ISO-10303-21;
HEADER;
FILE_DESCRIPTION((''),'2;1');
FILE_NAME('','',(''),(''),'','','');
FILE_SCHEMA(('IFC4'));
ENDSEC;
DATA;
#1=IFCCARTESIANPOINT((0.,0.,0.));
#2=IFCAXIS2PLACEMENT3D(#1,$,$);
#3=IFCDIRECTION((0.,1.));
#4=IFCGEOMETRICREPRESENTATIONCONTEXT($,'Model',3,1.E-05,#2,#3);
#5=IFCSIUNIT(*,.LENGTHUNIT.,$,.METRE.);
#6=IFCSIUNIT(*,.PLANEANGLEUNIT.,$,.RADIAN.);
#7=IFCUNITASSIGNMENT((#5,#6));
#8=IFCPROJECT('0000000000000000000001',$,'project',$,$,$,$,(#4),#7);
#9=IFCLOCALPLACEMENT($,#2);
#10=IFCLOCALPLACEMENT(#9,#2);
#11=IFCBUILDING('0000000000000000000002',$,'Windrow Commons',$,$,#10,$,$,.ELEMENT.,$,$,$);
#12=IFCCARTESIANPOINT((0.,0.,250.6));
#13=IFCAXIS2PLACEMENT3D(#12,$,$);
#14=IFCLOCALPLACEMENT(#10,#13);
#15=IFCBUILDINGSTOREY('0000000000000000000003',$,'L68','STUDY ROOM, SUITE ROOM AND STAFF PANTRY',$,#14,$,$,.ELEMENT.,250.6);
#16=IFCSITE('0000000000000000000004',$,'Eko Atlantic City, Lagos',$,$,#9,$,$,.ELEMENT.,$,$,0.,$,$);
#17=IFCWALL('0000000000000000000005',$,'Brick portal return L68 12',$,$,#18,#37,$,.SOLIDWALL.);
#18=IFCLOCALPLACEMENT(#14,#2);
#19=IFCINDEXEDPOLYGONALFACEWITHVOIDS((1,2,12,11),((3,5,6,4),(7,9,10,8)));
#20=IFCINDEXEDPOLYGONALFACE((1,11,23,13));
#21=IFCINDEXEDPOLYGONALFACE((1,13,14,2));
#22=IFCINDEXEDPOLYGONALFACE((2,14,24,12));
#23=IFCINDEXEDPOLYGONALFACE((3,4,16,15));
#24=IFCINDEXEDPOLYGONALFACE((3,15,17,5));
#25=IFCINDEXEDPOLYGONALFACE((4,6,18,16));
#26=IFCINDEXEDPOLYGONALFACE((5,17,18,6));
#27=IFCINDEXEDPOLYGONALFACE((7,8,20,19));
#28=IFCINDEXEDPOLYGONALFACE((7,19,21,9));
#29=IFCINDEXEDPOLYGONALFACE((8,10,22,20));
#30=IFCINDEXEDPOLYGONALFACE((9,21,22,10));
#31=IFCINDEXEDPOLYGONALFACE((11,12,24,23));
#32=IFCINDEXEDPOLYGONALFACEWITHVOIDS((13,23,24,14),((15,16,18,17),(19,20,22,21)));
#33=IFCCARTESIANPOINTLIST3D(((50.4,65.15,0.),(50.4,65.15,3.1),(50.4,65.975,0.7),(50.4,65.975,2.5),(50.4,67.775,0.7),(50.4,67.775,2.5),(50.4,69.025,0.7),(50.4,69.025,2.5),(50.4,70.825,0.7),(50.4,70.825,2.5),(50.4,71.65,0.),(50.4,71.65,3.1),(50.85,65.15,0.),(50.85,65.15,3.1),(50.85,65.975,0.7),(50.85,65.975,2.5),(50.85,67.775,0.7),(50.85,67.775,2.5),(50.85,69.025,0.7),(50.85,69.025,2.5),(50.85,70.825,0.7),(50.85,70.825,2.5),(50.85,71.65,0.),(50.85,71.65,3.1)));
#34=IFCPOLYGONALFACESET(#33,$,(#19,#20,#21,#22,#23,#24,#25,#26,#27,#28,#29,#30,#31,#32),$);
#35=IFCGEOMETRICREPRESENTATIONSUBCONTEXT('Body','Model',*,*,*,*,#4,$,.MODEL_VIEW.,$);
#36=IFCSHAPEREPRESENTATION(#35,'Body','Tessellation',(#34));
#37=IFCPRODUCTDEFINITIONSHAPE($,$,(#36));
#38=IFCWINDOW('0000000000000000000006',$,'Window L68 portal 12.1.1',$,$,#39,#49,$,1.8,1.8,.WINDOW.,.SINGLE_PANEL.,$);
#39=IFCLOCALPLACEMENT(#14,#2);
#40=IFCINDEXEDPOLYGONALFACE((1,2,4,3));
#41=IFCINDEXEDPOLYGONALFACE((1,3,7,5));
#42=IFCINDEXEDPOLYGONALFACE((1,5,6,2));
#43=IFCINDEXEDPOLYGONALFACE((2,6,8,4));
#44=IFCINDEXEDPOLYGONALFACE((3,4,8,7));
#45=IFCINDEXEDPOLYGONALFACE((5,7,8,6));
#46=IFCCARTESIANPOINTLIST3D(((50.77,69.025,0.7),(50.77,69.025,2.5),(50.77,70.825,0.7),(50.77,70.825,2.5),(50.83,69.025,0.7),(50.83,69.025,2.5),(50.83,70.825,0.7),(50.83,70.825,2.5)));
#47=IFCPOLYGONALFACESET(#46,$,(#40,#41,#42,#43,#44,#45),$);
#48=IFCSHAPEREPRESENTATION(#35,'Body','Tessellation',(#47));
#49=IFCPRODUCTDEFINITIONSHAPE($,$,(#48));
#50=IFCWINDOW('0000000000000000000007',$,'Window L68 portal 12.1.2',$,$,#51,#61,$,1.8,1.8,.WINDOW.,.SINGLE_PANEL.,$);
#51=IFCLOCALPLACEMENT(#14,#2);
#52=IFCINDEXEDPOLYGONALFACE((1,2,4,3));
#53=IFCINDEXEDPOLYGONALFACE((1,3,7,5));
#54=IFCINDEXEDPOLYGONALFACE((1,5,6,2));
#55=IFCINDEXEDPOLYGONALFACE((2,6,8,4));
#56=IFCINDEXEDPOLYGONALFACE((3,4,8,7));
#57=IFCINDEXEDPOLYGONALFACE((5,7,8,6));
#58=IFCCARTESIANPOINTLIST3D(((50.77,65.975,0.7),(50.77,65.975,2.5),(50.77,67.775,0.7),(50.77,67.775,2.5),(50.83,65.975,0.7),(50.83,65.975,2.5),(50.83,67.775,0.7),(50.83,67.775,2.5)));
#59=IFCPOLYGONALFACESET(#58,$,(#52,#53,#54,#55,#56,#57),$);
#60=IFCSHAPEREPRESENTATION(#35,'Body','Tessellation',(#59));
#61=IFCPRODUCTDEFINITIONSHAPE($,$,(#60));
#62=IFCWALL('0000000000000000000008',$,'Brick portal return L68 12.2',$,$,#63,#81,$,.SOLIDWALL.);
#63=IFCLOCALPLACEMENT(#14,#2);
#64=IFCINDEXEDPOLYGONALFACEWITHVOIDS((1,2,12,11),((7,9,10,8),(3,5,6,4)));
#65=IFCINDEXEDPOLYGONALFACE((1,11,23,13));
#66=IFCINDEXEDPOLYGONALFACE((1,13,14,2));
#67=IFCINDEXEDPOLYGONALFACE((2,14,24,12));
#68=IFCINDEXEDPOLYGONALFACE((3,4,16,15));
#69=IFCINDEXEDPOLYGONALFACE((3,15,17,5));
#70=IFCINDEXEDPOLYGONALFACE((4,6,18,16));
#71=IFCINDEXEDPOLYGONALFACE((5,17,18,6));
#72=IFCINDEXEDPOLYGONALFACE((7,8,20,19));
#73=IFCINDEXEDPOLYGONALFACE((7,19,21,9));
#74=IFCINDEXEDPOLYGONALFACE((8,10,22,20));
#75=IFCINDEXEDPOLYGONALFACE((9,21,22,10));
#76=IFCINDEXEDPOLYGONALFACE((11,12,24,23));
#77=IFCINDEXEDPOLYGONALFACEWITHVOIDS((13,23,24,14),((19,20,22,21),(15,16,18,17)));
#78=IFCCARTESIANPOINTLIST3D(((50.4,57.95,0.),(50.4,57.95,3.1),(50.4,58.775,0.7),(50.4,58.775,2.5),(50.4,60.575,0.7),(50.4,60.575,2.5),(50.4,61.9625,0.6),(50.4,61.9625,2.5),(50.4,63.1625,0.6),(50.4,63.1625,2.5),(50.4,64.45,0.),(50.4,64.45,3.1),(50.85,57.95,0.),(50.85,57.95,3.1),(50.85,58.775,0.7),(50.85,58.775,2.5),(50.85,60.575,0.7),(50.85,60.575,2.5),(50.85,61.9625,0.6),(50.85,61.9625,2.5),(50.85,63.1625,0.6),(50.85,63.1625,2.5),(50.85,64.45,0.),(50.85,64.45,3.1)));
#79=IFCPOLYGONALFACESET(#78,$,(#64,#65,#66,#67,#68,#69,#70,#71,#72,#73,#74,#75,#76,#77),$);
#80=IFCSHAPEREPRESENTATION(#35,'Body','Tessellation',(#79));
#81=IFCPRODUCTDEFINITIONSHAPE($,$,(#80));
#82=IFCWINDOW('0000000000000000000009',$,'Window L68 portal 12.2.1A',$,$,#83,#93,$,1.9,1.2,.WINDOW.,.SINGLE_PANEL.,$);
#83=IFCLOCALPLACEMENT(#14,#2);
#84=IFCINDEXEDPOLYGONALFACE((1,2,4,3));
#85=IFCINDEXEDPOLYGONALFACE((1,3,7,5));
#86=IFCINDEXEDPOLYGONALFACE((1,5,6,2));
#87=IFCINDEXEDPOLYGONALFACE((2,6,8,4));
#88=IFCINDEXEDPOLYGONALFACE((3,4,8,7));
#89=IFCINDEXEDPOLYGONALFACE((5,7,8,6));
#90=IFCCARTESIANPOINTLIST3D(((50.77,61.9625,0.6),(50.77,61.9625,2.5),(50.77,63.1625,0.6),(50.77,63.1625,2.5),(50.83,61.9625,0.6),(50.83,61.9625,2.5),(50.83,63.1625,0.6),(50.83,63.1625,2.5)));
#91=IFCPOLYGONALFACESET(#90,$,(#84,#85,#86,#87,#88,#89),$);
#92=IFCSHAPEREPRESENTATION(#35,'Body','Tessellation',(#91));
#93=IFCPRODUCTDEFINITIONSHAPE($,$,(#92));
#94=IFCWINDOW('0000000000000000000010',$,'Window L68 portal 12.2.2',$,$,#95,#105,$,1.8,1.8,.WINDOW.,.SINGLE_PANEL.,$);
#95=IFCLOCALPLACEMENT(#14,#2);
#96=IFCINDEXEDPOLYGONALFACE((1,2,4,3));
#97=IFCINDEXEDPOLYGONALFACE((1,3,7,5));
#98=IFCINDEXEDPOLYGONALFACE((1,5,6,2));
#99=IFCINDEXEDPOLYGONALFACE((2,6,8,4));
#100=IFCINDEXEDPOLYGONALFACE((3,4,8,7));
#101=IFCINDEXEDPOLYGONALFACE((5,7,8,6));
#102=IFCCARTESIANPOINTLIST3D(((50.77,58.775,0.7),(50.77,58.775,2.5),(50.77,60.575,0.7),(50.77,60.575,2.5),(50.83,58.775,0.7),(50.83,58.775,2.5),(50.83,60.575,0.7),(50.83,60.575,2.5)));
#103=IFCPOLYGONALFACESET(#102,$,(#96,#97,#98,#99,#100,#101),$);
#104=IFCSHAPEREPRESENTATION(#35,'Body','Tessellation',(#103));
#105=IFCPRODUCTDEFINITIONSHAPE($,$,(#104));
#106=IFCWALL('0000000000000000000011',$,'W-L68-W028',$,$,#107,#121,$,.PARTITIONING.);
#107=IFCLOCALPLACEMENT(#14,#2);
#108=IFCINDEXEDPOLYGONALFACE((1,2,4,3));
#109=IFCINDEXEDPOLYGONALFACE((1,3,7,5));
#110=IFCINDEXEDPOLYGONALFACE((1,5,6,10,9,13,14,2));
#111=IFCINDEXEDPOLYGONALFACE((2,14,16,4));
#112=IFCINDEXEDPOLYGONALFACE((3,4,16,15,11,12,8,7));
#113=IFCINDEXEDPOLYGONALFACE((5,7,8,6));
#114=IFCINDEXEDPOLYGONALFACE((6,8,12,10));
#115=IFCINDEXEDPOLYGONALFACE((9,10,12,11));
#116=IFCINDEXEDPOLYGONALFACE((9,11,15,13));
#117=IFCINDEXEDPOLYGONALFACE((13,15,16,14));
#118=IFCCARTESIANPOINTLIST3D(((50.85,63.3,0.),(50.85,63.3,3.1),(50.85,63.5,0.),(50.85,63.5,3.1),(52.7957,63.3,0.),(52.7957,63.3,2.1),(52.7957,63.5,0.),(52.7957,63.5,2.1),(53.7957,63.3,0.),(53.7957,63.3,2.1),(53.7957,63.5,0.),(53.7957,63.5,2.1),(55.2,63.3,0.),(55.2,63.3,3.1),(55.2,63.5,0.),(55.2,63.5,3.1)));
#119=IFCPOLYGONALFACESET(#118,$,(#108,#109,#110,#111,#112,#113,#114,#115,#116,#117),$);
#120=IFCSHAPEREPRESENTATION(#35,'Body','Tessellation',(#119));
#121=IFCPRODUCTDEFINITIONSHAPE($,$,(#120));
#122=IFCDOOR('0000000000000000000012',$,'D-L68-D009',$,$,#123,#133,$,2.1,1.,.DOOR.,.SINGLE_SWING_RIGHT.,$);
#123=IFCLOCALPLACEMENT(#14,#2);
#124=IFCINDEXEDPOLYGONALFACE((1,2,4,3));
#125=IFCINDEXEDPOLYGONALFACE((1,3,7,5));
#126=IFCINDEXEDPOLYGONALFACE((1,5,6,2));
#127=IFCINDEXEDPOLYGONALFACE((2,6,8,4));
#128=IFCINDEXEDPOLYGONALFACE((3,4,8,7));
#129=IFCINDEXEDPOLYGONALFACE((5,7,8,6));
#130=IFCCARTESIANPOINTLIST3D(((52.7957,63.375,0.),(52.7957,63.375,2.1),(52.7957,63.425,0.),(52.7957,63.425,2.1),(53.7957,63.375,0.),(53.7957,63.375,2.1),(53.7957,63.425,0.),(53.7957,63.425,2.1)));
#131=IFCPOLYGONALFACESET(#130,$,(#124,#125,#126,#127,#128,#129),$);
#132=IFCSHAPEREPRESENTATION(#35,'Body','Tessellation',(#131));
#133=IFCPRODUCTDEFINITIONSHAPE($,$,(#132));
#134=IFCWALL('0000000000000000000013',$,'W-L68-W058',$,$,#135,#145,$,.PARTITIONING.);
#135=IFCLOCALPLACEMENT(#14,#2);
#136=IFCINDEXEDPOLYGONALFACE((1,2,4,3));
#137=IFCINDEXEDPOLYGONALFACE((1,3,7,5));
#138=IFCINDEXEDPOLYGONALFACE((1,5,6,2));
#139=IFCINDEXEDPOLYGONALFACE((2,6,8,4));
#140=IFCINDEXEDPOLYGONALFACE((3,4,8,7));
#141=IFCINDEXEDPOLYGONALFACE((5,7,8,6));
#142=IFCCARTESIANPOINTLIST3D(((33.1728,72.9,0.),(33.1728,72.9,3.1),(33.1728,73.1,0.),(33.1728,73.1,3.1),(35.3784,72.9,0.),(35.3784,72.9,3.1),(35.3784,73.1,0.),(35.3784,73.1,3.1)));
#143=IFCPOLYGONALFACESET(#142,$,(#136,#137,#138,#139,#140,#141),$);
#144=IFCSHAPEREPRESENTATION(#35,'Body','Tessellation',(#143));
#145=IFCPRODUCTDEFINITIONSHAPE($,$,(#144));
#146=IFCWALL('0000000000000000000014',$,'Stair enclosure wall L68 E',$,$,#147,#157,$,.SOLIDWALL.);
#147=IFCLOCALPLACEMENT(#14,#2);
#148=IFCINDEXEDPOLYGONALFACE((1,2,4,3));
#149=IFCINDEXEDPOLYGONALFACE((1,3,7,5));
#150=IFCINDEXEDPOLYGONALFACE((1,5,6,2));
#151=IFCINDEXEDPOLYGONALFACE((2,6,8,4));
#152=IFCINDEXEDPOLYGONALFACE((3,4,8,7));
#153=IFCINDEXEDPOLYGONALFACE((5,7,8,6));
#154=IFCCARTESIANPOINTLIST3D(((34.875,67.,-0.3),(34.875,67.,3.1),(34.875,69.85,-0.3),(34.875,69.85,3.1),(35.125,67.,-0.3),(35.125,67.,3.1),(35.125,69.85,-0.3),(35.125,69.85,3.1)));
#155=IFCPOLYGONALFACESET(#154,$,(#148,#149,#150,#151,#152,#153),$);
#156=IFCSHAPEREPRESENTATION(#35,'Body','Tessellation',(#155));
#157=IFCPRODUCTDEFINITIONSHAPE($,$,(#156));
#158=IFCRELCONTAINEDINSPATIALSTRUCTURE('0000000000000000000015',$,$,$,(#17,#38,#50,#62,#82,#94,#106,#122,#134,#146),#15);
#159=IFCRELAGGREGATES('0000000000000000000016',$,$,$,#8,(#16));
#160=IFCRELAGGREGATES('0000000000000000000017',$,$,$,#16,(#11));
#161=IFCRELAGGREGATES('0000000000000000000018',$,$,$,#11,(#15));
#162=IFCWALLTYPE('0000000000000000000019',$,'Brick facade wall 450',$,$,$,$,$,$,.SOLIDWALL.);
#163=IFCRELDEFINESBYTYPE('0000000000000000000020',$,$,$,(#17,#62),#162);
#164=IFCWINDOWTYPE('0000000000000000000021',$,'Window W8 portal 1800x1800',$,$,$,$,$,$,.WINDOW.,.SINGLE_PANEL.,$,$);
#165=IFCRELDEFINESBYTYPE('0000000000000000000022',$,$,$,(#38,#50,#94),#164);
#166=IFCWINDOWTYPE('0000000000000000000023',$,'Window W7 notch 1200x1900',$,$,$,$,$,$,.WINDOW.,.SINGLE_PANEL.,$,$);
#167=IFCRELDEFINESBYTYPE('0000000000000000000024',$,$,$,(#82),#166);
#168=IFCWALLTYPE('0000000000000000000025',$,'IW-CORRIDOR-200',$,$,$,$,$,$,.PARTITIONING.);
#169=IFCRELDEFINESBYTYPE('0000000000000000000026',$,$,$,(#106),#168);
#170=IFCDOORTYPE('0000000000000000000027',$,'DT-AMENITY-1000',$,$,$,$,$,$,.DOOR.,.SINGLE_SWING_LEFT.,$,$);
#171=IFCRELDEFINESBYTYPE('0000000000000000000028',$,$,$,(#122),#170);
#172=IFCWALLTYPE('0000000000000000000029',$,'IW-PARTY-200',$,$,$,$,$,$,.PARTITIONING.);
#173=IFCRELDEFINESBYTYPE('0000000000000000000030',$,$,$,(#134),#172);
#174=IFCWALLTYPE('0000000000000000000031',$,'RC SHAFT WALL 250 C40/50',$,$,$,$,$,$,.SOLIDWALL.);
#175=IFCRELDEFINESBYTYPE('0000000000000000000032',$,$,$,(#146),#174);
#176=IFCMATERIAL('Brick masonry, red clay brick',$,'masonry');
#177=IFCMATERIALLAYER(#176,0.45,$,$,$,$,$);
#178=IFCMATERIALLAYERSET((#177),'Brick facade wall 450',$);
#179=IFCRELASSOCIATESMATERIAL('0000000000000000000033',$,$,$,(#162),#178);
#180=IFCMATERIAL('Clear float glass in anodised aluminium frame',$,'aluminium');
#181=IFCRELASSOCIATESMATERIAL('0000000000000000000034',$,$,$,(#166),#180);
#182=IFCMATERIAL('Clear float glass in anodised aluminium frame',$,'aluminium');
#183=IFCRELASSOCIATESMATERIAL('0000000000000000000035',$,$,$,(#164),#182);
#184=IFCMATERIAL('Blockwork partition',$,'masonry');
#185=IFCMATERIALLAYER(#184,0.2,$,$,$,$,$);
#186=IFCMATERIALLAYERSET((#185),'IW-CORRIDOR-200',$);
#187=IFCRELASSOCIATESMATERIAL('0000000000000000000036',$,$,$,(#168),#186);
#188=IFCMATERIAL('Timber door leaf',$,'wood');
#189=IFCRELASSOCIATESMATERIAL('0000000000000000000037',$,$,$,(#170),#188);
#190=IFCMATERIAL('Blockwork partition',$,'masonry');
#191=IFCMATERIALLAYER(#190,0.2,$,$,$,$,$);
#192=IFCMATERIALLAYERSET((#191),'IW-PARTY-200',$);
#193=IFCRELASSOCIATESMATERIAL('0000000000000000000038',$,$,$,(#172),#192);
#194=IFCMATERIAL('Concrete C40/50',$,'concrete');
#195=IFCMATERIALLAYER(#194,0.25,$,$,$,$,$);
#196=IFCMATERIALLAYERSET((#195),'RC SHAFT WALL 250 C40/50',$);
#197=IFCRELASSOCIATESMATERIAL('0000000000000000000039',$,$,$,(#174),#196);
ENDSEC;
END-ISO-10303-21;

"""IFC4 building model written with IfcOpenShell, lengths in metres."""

from ifc_helpers import new_model, si_unit, direction, frame, frame_2d, origin, place, context, subcontext, project, spatial, rectangle, extrude, material, layer, layer_set, type_object, element, fill, save


model = new_model("IFC4")

# Units and contexts
model_context = context("Model", 3, precision=1e-05, world=origin(), true_north=direction((0.0, 1.0)))
body_context = subcontext(model_context, "Body", "Model", "MODEL_VIEW")
ifc_project = project(units=[si_unit("LENGTHUNIT", "METRE"), si_unit("PLANEANGLEUNIT", "RADIAN")], contexts=[model_context])

# Site, building, storey
site_placement = place(None, origin())
site = spatial("IfcSite", under=ifc_project, at=site_placement, Name="Eko Atlantic City, Lagos", CompositionType="ELEMENT", RefElevation=0.0)
building_placement = place(site_placement, origin())
building = spatial("IfcBuilding", under=site, at=building_placement, Name="Windrow Commons", CompositionType="ELEMENT")
storey_placement = place(building_placement, frame((0.0, 0.0, 250.6)))
storey = spatial("IfcBuildingStorey", under=building, at=storey_placement, Name="L68", Description="STUDY ROOM, SUITE ROOM AND STAFF PANTRY", CompositionType="ELEMENT", Elevation=250.6)

# Shared definitions
ifc_material_1 = material(Name="Brick masonry, red clay brick", Category="masonry")
ifc_layer_1 = layer(ifc_material_1, 0.45)
ifc_layer_set_1 = layer_set([ifc_layer_1], Name="Brick facade wall 450")
wall_type_1 = type_object("IfcWallType", Name="Brick facade wall 450", PredefinedType="SOLIDWALL", material=ifc_layer_set_1)

# Walls, openings, windows
ifc_material_2 = material(Name="Clear float glass in anodised aluminium frame", Category="aluminium")
window_type_1 = type_object("IfcWindowType", Name="Window W7 notch 1200x1900", PartitioningType="SINGLE_PANEL", PredefinedType="WINDOW", material=ifc_material_2)
ifc_material_3 = material(Name="Clear float glass in anodised aluminium frame", Category="aluminium")
window_type_2 = type_object("IfcWindowType", Name="Window W8 portal 1800x1800", PartitioningType="SINGLE_PANEL", PredefinedType="WINDOW", material=ifc_material_3)
wall_1_placement = place(storey_placement, frame((50.625, 71.65, 0.0), z_axis=(0.0, 0.0, 1.0), x_axis=(0.0, -1.0, 0.0)))
wall_1 = element("IfcWall", 1, at=wall_1_placement, inside=storey, type_object=wall_type_1, Name="Brick portal return L68 12", PredefinedType="SOLIDWALL", context=body_context, shape_type="SweptSolid", body=[
    extrude(rectangle(XDim=6.5, YDim=0.45, at=frame_2d((3.25, 0.0))), origin(), (0.0, 0.0, 1.0), 3.1),
])
opening_1_placement = place(wall_1_placement, frame((0.825, 0.0, 0.7)))
opening_1 = element("IfcOpeningElement", 2, at=opening_1_placement, cuts=wall_1, PredefinedType="OPENING", context=body_context, shape_type="SweptSolid", body=[
    extrude(rectangle(XDim=1.8, YDim=1.8, at=frame_2d((0.9, 0.9))), frame((0.0, 0.235, 0.0), z_axis=(0.0, -1.0, 0.0), x_axis=(1.0, 0.0, 0.0)), (0.0, 0.0, 1.0), 0.47),
])
opening_2_placement = place(wall_1_placement, frame((3.875, 0.0, 0.7)))
opening_2 = element("IfcOpeningElement", 3, at=opening_2_placement, cuts=wall_1, PredefinedType="OPENING", context=body_context, shape_type="SweptSolid", body=[
    extrude(rectangle(XDim=1.8, YDim=1.8, at=frame_2d((0.9, 0.9))), frame((0.0, 0.235, 0.0), z_axis=(0.0, -1.0, 0.0), x_axis=(1.0, 0.0, 0.0)), (0.0, 0.0, 1.0), 0.47),
])
window_1_placement = place(opening_1_placement, origin())
window_1 = element("IfcWindow", 4, at=window_1_placement, inside=storey, type_object=window_type_2, Name="Window L68 portal 12.1.1", OverallHeight=1.8, OverallWidth=1.8, PartitioningType="SINGLE_PANEL", PredefinedType="WINDOW", context=body_context, shape_type="SweptSolid", body=[
    extrude(rectangle(XDim=1.8, YDim=1.8, at=frame_2d((0.9, 0.9))), frame((0.0, 0.205, 0.0), z_axis=(0.0, -1.0, 0.0), x_axis=(1.0, 0.0, 0.0)), (0.0, 0.0, 1.0), 0.06),
])
fill(opening_1, window_1)
window_2_placement = place(opening_2_placement, origin())
window_2 = element("IfcWindow", 5, at=window_2_placement, inside=storey, type_object=window_type_2, Name="Window L68 portal 12.1.2", OverallHeight=1.8, OverallWidth=1.8, PartitioningType="SINGLE_PANEL", PredefinedType="WINDOW", context=body_context, shape_type="SweptSolid", body=[
    extrude(rectangle(XDim=1.8, YDim=1.8, at=frame_2d((0.9, 0.9))), frame((0.0, 0.205, 0.0), z_axis=(0.0, -1.0, 0.0), x_axis=(1.0, 0.0, 0.0)), (0.0, 0.0, 1.0), 0.06),
])
fill(opening_2, window_2)
wall_2_placement = place(storey_placement, frame((50.625, 64.45, 0.0), z_axis=(0.0, 0.0, 1.0), x_axis=(0.0, -1.0, 0.0)))
wall_2 = element("IfcWall", 6, at=wall_2_placement, inside=storey, type_object=wall_type_1, Name="Brick portal return L68 12.2", PredefinedType="SOLIDWALL", context=body_context, shape_type="SweptSolid", body=[
    extrude(rectangle(XDim=6.5, YDim=0.45, at=frame_2d((3.25, 0.0))), origin(), (0.0, 0.0, 1.0), 3.1),
])
opening_3_placement = place(wall_2_placement, frame((3.875, 0.0, 0.7)))
opening_3 = element("IfcOpeningElement", 7, at=opening_3_placement, cuts=wall_2, PredefinedType="OPENING", context=body_context, shape_type="SweptSolid", body=[
    extrude(rectangle(XDim=1.8, YDim=1.8, at=frame_2d((0.9, 0.9))), frame((0.0, 0.235, 0.0), z_axis=(0.0, -1.0, 0.0), x_axis=(1.0, 0.0, 0.0)), (0.0, 0.0, 1.0), 0.47),
])
opening_4_placement = place(wall_2_placement, frame((1.2875, 0.0, 0.6)))
opening_4 = element("IfcOpeningElement", 8, at=opening_4_placement, cuts=wall_2, PredefinedType="OPENING", context=body_context, shape_type="SweptSolid", body=[
    extrude(rectangle(XDim=1.2, YDim=1.9, at=frame_2d((0.6, 0.95))), frame((0.0, 0.235, 0.0), z_axis=(0.0, -1.0, 0.0), x_axis=(1.0, 0.0, 0.0)), (0.0, 0.0, 1.0), 0.47),
])
window_3_placement = place(opening_4_placement, origin())
window_3 = element("IfcWindow", 9, at=window_3_placement, inside=storey, type_object=window_type_1, Name="Window L68 portal 12.2.1A", OverallHeight=1.9, OverallWidth=1.2, PartitioningType="SINGLE_PANEL", PredefinedType="WINDOW", context=body_context, shape_type="SweptSolid", body=[
    extrude(rectangle(XDim=1.2, YDim=1.9, at=frame_2d((0.6, 0.95))), frame((0.0, 0.205, 0.0), z_axis=(0.0, -1.0, 0.0), x_axis=(1.0, 0.0, 0.0)), (0.0, 0.0, 1.0), 0.06),
])
fill(opening_4, window_3)
window_4_placement = place(opening_3_placement, origin())
window_4 = element("IfcWindow", 10, at=window_4_placement, inside=storey, type_object=window_type_2, Name="Window L68 portal 12.2.2", OverallHeight=1.8, OverallWidth=1.8, PartitioningType="SINGLE_PANEL", PredefinedType="WINDOW", context=body_context, shape_type="SweptSolid", body=[
    extrude(rectangle(XDim=1.8, YDim=1.8, at=frame_2d((0.9, 0.9))), frame((0.0, 0.205, 0.0), z_axis=(0.0, -1.0, 0.0), x_axis=(1.0, 0.0, 0.0)), (0.0, 0.0, 1.0), 0.06),
])
fill(opening_3, window_4)

# Wall, opening, door
ifc_material_4 = material(Name="Blockwork partition", Category="masonry")
ifc_layer_2 = layer(ifc_material_4, 0.2)
ifc_layer_set_2 = layer_set([ifc_layer_2], Name="IW-CORRIDOR-200")
wall_type_2 = type_object("IfcWallType", Name="IW-CORRIDOR-200", PredefinedType="PARTITIONING", material=ifc_layer_set_2)
wall_3_placement = place(storey_placement, frame((50.85, 63.4, 0.0), z_axis=(0.0, 0.0, 1.0), x_axis=(1.0, 0.0, 0.0)))
wall_3 = element("IfcWall", 11, at=wall_3_placement, inside=storey, type_object=wall_type_2, Name="W-L68-W028", PredefinedType="PARTITIONING", context=body_context, shape_type="SweptSolid", body=[
    extrude(rectangle(XDim=4.35, YDim=0.2, at=frame_2d((2.175, 0.0))), origin(), (0.0, 0.0, 1.0), 3.1),
])
opening_5_placement = place(wall_3_placement, frame((1.9457, 0.0, 0.0)))
opening_5 = element("IfcOpeningElement", 12, at=opening_5_placement, cuts=wall_3, PredefinedType="OPENING", context=body_context, shape_type="SweptSolid", body=[
    extrude(rectangle(XDim=1.0, YDim=2.1, at=frame_2d((0.5, 1.05))), frame((0.0, 0.11, 0.0), z_axis=(0.0, -1.0, 0.0), x_axis=(1.0, 0.0, 0.0)), (0.0, 0.0, 1.0), 0.22),
])
ifc_material_5 = material(Name="Timber door leaf", Category="wood")
door_type = type_object("IfcDoorType", Name="DT-AMENITY-1000", OperationType="SINGLE_SWING_LEFT", PredefinedType="DOOR", material=ifc_material_5)
door_placement = place(opening_5_placement, origin())
door = element("IfcDoor", 13, at=door_placement, inside=storey, type_object=door_type, Name="D-L68-D009", OperationType="SINGLE_SWING_RIGHT", OverallHeight=2.1, OverallWidth=1.0, PredefinedType="DOOR", context=body_context, shape_type="SweptSolid", body=[
    extrude(rectangle(XDim=1.0, YDim=2.1, at=frame_2d((0.5, 1.05))), frame((0.0, 0.025, 0.0), z_axis=(0.0, -1.0, 0.0), x_axis=(1.0, 0.0, 0.0)), (0.0, 0.0, 1.0), 0.05),
])
fill(opening_5, door)

# Walls
ifc_material_6 = material(Name="Blockwork partition", Category="masonry")
ifc_layer_3 = layer(ifc_material_6, 0.2)
ifc_layer_set_3 = layer_set([ifc_layer_3], Name="IW-PARTY-200")
wall_type_3 = type_object("IfcWallType", Name="IW-PARTY-200", PredefinedType="PARTITIONING", material=ifc_layer_set_3)
wall_4_placement = place(storey_placement, frame((33.1728, 73.0, 0.0), z_axis=(0.0, 0.0, 1.0), x_axis=(1.0, 0.0, 0.0)))
element("IfcWall", 14, at=wall_4_placement, inside=storey, type_object=wall_type_3, Name="W-L68-W058", PredefinedType="PARTITIONING", context=body_context, shape_type="SweptSolid", body=[
    extrude(rectangle(XDim=2.2056, YDim=0.2, at=frame_2d((1.1028, 0.0))), origin(), (0.0, 0.0, 1.0), 3.1),
])
ifc_material_7 = material(Name="Concrete C40/50", Category="concrete")
ifc_layer_4 = layer(ifc_material_7, 0.25)
ifc_layer_set_4 = layer_set([ifc_layer_4], Name="RC SHAFT WALL 250 C40/50")
wall_type_4 = type_object("IfcWallType", Name="RC SHAFT WALL 250 C40/50", PredefinedType="SOLIDWALL", material=ifc_layer_set_4)
wall_5_placement = place(storey_placement, frame((35.0, 67.0, -0.3), z_axis=(0.0, 0.0, 1.0), x_axis=(0.0, 1.0, 0.0)))
element("IfcWall", 15, at=wall_5_placement, inside=storey, type_object=wall_type_4, Name="Stair enclosure wall L68 E", PredefinedType="SOLIDWALL", context=body_context, shape_type="SweptSolid", body=[
    extrude(rectangle(XDim=2.85, YDim=0.25, at=frame_2d((1.425, 0.0))), origin(), (0.0, 0.0, 1.0), 3.4),
])

save(model, "model.ifc")
